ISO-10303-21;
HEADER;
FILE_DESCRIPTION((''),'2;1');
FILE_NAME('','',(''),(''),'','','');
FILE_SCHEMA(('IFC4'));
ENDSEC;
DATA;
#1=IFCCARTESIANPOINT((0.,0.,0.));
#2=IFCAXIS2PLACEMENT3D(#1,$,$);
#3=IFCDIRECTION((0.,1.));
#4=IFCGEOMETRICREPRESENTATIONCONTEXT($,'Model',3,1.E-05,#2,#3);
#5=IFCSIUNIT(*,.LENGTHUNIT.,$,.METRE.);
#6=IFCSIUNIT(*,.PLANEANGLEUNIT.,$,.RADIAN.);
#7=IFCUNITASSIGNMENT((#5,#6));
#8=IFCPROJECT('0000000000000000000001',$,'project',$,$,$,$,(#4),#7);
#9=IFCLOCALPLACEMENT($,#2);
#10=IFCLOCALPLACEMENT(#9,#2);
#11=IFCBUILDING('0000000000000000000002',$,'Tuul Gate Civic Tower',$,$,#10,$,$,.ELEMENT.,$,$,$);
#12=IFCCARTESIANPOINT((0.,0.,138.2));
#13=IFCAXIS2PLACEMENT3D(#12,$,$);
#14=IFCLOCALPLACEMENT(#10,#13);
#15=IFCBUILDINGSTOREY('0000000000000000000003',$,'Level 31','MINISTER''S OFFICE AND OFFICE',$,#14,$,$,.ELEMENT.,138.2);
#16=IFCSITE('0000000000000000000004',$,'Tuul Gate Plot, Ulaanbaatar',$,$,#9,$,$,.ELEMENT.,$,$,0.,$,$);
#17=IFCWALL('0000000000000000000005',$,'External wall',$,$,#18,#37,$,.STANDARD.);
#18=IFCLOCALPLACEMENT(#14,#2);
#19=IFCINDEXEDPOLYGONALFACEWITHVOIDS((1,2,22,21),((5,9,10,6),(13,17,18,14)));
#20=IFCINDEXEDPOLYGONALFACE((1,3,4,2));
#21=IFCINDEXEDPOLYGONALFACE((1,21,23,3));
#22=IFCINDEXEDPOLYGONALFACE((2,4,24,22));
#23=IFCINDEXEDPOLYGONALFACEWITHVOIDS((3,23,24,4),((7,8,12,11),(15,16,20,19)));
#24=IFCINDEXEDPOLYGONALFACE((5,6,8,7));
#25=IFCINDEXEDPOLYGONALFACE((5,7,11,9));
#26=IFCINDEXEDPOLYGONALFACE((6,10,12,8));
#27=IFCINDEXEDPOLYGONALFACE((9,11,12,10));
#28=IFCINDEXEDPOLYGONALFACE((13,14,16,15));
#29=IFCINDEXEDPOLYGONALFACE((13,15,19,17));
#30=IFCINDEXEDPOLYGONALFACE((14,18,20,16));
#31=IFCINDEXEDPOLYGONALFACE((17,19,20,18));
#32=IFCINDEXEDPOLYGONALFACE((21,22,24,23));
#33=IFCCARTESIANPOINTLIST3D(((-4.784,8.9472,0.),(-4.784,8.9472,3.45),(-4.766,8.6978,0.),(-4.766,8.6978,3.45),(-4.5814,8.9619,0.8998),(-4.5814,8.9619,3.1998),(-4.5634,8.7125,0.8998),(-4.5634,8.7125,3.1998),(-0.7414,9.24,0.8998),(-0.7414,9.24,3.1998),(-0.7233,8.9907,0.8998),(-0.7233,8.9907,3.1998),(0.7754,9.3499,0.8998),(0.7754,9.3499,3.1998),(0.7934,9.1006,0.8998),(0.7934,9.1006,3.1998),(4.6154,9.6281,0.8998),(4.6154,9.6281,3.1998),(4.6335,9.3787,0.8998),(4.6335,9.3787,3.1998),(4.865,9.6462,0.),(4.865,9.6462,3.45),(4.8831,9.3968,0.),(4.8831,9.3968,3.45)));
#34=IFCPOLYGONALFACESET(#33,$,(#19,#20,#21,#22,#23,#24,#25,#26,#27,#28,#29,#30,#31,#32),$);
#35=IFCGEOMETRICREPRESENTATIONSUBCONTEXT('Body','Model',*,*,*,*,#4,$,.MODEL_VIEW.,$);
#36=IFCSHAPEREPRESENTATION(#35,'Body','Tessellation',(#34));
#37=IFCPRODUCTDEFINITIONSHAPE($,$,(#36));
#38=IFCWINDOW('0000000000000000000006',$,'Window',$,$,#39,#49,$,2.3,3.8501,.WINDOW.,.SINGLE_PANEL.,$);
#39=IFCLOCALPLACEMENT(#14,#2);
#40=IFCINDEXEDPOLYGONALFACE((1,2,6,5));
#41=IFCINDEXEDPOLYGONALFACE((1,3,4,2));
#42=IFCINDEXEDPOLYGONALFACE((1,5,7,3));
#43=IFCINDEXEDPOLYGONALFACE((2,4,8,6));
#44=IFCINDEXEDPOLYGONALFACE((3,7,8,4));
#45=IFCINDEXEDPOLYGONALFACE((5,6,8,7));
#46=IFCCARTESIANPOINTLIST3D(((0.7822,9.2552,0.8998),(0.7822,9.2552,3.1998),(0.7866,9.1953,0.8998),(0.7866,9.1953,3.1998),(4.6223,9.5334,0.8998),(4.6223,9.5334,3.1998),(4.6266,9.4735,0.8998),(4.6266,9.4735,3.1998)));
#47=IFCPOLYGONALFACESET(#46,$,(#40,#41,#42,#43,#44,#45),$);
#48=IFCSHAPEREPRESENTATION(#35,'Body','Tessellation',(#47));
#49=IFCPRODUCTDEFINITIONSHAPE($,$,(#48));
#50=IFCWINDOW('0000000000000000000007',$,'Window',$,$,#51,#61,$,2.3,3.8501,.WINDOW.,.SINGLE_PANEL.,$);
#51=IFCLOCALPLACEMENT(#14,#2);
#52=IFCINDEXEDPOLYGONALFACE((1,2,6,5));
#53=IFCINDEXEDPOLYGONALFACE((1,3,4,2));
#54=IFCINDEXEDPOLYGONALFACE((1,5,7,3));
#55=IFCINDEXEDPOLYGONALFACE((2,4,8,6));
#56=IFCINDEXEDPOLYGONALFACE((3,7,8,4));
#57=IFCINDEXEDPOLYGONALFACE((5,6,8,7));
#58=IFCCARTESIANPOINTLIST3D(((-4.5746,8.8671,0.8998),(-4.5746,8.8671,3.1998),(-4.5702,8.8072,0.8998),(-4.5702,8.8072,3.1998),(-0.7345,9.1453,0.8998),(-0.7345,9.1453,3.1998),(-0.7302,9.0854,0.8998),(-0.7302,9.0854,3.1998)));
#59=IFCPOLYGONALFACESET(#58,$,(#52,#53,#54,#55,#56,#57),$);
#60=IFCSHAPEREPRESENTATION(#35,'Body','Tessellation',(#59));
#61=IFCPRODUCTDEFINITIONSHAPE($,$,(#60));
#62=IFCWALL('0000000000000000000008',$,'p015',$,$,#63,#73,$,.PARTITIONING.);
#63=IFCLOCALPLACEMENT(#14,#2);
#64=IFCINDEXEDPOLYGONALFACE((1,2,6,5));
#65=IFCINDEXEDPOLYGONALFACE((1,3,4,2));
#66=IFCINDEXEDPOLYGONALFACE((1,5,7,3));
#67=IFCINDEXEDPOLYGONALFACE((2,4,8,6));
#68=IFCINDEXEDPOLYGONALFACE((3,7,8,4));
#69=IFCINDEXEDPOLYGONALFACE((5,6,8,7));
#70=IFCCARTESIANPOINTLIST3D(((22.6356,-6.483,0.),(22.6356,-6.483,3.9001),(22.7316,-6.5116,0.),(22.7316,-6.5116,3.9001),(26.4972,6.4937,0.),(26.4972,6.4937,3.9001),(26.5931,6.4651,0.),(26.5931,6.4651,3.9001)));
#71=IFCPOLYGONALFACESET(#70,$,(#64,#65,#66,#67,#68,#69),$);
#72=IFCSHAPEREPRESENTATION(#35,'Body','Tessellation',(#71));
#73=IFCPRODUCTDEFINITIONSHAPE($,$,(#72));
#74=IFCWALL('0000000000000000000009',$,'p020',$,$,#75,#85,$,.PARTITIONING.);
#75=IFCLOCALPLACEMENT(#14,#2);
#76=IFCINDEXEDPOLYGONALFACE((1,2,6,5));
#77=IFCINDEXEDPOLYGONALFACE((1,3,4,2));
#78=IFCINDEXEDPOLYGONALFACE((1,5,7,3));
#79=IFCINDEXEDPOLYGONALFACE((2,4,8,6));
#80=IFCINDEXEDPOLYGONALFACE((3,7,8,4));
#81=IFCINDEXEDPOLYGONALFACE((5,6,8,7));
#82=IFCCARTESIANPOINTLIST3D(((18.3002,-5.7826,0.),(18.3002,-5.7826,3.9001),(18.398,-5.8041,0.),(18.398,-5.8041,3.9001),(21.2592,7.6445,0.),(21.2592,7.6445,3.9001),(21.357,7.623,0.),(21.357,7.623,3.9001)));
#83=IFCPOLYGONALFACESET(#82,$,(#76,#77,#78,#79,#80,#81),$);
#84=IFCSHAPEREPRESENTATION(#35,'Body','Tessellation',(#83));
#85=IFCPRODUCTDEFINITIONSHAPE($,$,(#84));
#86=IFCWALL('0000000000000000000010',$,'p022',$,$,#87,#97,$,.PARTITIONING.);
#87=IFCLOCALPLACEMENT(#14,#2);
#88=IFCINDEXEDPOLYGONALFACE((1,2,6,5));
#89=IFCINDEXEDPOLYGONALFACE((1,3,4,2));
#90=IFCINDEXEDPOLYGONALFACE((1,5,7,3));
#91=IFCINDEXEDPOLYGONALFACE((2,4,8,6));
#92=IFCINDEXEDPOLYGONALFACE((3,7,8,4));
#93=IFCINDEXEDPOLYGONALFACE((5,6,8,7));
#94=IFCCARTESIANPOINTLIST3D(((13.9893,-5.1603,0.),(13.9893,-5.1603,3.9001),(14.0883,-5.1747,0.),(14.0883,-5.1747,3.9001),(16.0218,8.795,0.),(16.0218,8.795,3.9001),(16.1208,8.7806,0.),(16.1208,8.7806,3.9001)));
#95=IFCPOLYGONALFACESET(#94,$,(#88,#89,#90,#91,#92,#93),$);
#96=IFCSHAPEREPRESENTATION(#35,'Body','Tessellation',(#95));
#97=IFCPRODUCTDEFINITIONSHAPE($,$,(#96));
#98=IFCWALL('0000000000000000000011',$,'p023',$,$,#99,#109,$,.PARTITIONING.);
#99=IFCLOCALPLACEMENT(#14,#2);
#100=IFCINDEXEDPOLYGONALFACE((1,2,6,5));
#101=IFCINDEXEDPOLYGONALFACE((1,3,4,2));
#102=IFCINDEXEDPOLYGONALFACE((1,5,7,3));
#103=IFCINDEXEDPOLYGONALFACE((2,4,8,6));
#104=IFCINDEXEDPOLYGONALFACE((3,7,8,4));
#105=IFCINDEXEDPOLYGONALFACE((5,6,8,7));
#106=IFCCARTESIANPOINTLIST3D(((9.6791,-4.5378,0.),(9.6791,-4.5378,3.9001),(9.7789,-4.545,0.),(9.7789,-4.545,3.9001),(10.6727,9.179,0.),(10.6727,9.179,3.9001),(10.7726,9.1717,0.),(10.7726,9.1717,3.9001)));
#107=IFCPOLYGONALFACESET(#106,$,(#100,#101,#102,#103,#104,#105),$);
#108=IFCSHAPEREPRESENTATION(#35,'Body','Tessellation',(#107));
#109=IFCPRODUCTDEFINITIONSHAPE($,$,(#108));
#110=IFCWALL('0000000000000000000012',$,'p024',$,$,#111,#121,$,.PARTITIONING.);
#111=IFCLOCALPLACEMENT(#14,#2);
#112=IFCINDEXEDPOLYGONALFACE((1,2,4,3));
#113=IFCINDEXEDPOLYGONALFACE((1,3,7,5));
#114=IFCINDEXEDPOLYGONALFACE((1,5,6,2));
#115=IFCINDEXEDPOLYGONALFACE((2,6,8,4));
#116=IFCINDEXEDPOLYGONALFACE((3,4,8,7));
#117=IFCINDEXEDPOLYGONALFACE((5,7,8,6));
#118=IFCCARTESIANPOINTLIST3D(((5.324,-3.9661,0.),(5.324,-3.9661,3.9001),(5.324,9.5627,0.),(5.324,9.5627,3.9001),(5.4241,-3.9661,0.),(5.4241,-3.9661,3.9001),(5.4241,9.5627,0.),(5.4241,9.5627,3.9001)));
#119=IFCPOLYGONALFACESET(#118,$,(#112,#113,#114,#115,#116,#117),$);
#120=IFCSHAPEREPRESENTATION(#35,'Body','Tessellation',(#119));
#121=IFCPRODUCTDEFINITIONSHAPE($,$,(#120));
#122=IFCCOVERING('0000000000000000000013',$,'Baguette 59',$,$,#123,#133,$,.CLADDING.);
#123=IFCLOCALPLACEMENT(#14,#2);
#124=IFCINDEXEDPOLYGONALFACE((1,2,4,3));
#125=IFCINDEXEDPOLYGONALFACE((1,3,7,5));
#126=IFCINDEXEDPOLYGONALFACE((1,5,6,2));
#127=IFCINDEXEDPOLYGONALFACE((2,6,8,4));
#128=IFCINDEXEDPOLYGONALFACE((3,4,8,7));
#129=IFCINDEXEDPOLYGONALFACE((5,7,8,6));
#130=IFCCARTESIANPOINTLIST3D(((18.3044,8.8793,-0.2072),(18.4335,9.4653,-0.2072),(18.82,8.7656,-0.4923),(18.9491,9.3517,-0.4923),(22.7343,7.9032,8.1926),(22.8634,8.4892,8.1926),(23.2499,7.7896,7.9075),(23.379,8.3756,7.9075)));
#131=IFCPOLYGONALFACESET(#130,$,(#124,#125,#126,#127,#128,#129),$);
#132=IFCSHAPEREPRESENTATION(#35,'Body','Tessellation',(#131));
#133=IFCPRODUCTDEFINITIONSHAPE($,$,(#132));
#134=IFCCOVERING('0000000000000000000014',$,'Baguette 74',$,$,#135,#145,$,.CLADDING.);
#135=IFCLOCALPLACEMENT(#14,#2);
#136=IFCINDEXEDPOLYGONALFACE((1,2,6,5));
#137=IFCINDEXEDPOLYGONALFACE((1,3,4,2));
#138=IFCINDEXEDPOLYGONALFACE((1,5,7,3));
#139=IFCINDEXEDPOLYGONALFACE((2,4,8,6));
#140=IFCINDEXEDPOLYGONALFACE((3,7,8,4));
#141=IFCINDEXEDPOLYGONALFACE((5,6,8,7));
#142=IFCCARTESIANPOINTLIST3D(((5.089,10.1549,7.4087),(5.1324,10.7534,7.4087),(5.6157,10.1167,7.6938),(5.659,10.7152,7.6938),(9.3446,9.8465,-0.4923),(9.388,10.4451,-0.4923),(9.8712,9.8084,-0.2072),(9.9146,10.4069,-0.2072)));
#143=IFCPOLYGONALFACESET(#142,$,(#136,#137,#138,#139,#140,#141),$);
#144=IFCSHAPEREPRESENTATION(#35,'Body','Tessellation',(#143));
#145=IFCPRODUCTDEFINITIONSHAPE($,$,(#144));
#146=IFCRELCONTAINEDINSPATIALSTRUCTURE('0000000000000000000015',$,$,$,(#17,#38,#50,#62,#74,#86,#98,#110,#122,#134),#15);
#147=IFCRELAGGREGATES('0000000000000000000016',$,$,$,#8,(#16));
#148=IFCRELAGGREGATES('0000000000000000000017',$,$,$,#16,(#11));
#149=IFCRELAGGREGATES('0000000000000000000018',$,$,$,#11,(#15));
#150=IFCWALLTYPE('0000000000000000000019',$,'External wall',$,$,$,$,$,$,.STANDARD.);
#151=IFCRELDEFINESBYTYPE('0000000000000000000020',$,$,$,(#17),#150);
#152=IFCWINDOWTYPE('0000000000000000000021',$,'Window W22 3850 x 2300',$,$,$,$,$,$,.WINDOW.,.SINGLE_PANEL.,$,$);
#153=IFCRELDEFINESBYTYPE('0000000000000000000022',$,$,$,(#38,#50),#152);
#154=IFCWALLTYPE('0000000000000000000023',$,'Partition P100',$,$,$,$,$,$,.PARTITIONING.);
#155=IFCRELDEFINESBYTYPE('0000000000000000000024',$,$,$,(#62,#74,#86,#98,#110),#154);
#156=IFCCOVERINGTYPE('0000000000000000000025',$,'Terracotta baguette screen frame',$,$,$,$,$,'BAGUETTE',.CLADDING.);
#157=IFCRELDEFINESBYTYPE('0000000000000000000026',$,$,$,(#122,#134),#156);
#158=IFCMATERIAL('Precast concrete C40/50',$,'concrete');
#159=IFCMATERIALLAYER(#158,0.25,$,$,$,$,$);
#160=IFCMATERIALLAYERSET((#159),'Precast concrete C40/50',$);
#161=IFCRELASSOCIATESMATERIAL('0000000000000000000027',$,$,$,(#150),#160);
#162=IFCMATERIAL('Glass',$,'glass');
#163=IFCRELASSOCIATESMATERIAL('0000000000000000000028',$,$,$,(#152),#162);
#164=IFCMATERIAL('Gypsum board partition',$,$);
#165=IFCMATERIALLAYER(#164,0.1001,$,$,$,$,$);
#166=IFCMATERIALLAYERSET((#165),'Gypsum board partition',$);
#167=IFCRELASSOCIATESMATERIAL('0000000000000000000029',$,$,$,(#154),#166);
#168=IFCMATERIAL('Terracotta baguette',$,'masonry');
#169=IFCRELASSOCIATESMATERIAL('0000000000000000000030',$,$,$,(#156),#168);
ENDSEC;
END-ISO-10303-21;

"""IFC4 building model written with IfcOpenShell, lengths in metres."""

from ifc_helpers import new_model, si_unit, direction, frame, frame_2d, origin, origin_2d, place, context, subcontext, project, spatial, rectangle, extrude, material, layer, layer_set, material_profile, profile_set, type_object, element, fill, save


model = new_model("IFC4")

# Units and contexts
model_context = context("Model", 3, precision=1e-05, world=origin(), true_north=direction((0.0, 1.0)))
body_context = subcontext(model_context, "Body", "Model", "MODEL_VIEW")
ifc_project = project(units=[si_unit("LENGTHUNIT", "METRE"), si_unit("PLANEANGLEUNIT", "RADIAN")], contexts=[model_context])

# Site, building, storey
site_placement = place(None, origin())
site = spatial("IfcSite", under=ifc_project, at=site_placement, Name="Tuul Gate Plot, Ulaanbaatar", CompositionType="ELEMENT", RefElevation=0.0)
building_placement = place(site_placement, origin())
building = spatial("IfcBuilding", under=site, at=building_placement, Name="Tuul Gate Civic Tower", CompositionType="ELEMENT")
storey_placement = place(building_placement, frame((0.0, 0.0, 138.2)))
storey = spatial("IfcBuildingStorey", under=building, at=storey_placement, Name="Level 31", Description="MINISTER'S OFFICE AND OFFICE", CompositionType="ELEMENT", Elevation=138.2)

# Wall, openings, windows
ifc_material_1 = material(Name="Precast concrete C40/50", Category="concrete")
ifc_layer_1 = layer(ifc_material_1, 0.25)
ifc_layer_set_1 = layer_set([ifc_layer_1], Name="Precast concrete C40/50")
wall_type_1 = type_object("IfcWallType", Name="External wall", PredefinedType="STANDARD", material=ifc_layer_set_1)
ifc_material_2 = material(Name="Glass", Category="glass")
window_type = type_object("IfcWindowType", Name="Window W22 3850 x 2300", PartitioningType="SINGLE_PANEL", PredefinedType="WINDOW", material=ifc_material_2)
wall_1_placement = place(storey_placement, frame((4.874, 9.5215, 0.0), z_axis=(0.0, 0.0, 1.0), x_axis=(-0.997386, -0.072251, 0.0)))
wall_1 = element("IfcWall", 1, at=wall_1_placement, inside=storey, type_object=wall_type_1, Name="External wall", PredefinedType="STANDARD", context=body_context, shape_type="SweptSolid", body=[
    extrude(rectangle(XDim=9.6743, YDim=0.25, at=frame_2d((4.8372, 0.0))), origin(), (0.0, 0.0, 1.0), 3.45),
])
opening_1_placement = place(wall_1_placement, frame((0.2502, 0.0, 0.8999)))
opening_1 = element("IfcOpeningElement", 2, at=opening_1_placement, cuts=wall_1, PredefinedType="OPENING", context=body_context, shape_type="SweptSolid", body=[
    extrude(rectangle(XDim=3.8501, YDim=2.3, at=frame_2d((1.925, 1.1499))), frame((0.0, 0.135, 0.0), z_axis=(0.0, -1.0, 0.0), x_axis=(1.0, 0.0, 0.0)), (0.0, 0.0, 1.0), 0.27),
])
opening_2_placement = place(wall_1_placement, frame((5.6211, 0.0, 0.8999)))
opening_2 = element("IfcOpeningElement", 3, at=opening_2_placement, cuts=wall_1, PredefinedType="OPENING", context=body_context, shape_type="SweptSolid", body=[
    extrude(rectangle(XDim=3.8501, YDim=2.3, at=frame_2d((1.925, 1.1499))), frame((0.0, 0.135, 0.0), z_axis=(0.0, -1.0, 0.0), x_axis=(1.0, 0.0, 0.0)), (0.0, 0.0, 1.0), 0.27),
])
window_1_placement = place(opening_1_placement, origin())
window_1 = element("IfcWindow", 4, at=window_1_placement, inside=storey, type_object=window_type, Name="Window", OverallHeight=2.3, OverallWidth=3.8501, PartitioningType="SINGLE_PANEL", PredefinedType="WINDOW", context=body_context, shape_type="SweptSolid", body=[
    extrude(rectangle(XDim=3.8501, YDim=2.3, at=frame_2d((1.925, 1.1499))), frame((0.0, 0.03, 0.0), z_axis=(0.0, -1.0, 0.0), x_axis=(1.0, 0.0, 0.0)), (0.0, 0.0, 1.0), 0.0601),
])
fill(opening_1, window_1)
window_2_placement = place(opening_2_placement, origin())
window_2 = element("IfcWindow", 5, at=window_2_placement, inside=storey, type_object=window_type, Name="Window", OverallHeight=2.3, OverallWidth=3.8501, PartitioningType="SINGLE_PANEL", PredefinedType="WINDOW", context=body_context, shape_type="SweptSolid", body=[
    extrude(rectangle(XDim=3.8501, YDim=2.3, at=frame_2d((1.925, 1.1499))), frame((0.0, 0.03, 0.0), z_axis=(0.0, -1.0, 0.0), x_axis=(1.0, 0.0, 0.0)), (0.0, 0.0, 1.0), 0.0601),
])
fill(opening_2, window_2)

# Walls
ifc_material_3 = material(Name="Gypsum board partition")
ifc_layer_2 = layer(ifc_material_3, 0.1001)
ifc_layer_set_2 = layer_set([ifc_layer_2], Name="Gypsum board partition")
wall_type_2 = type_object("IfcWallType", Name="Partition P100", PredefinedType="PARTITIONING", material=ifc_layer_set_2)
wall_2_placement = place(storey_placement, frame((22.6836, -6.4973, 0.0), z_axis=(0.0, 0.0, 1.0), x_axis=(0.285215, 0.958464, 0.0)))
element("IfcWall", 6, at=wall_2_placement, inside=storey, type_object=wall_type_2, Name="p015", PredefinedType="PARTITIONING", context=body_context, shape_type="SweptSolid", body=[
    extrude(rectangle(XDim=13.5391, YDim=0.1001, at=frame_2d((6.7695, 0.0))), origin(), (0.0, 0.0, 1.0), 3.9001),
])
wall_3_placement = place(storey_placement, frame((18.3491, -5.7932, 0.0), z_axis=(0.0, 0.0, 1.0), x_axis=(0.215212, 0.976567, 0.0)))
element("IfcWall", 7, at=wall_3_placement, inside=storey, type_object=wall_type_2, Name="p020", PredefinedType="PARTITIONING", context=body_context, shape_type="SweptSolid", body=[
    extrude(rectangle(XDim=13.7493, YDim=0.1001, at=frame_2d((6.8745, 0.0))), origin(), (0.0, 0.0, 1.0), 3.9001),
])
wall_4_placement = place(storey_placement, frame((14.0388, -5.1675, 0.0), z_axis=(0.0, 0.0, 1.0), x_axis=(0.144121, 0.98956, 0.0)))
element("IfcWall", 8, at=wall_4_placement, inside=storey, type_object=wall_type_2, Name="p022", PredefinedType="PARTITIONING", context=body_context, shape_type="SweptSolid", body=[
    extrude(rectangle(XDim=14.1025, YDim=0.1001, at=frame_2d((7.0513, 0.0))), origin(), (0.0, 0.0, 1.0), 3.9001),
])
wall_5_placement = place(storey_placement, frame((9.729, -4.5415, 0.0), z_axis=(0.0, 0.0, 1.0), x_axis=(0.072251, 0.997386, 0.0)))
element("IfcWall", 9, at=wall_5_placement, inside=storey, type_object=wall_type_2, Name="p023", PredefinedType="PARTITIONING", context=body_context, shape_type="SweptSolid", body=[
    extrude(rectangle(XDim=13.7527, YDim=0.1001, at=frame_2d((6.8765, 0.0))), origin(), (0.0, 0.0, 1.0), 3.9001),
])
wall_6_placement = place(storey_placement, frame((5.374, -3.9661, 0.0), z_axis=(0.0, 0.0, 1.0), x_axis=(0.0, 1.0, 0.0)))
element("IfcWall", 10, at=wall_6_placement, inside=storey, type_object=wall_type_2, Name="p024", PredefinedType="PARTITIONING", context=body_context, shape_type="SweptSolid", body=[
    extrude(rectangle(XDim=13.5288, YDim=0.1001, at=frame_2d((6.7644, 0.0))), origin(), (0.0, 0.0, 1.0), 3.9001),
])

# Coverings
ifc_material_4 = material(Name="Terracotta baguette", Category="masonry")
ifc_material_profile_1 = material_profile(ifc_material_4, rectangle(XDim=0.6001, YDim=0.6001, at=origin_2d()), Name="Terracotta baguette screen frame")
ifc_profile_set_1 = profile_set([ifc_material_profile_1], Name="Terracotta baguette")
covering_type = type_object("IfcCoveringType", Name="Terracotta baguette screen frame", ElementType="BAGUETTE", PredefinedType="CLADDING", material=ifc_profile_set_1)
covering_1_placement = place(storey_placement, frame((23.0566, 8.1394, 8.05), z_axis=(-0.464038, 0.102244, -0.879895), x_axis=(-0.215175, -0.976576, 0.0)))
element("IfcCovering", 11, at=covering_1_placement, inside=storey, type_object=covering_type, Name="Baguette 59", PredefinedType="CLADDING", context=body_context, shape_type="SweptSolid", body=[
    extrude(rectangle(XDim=0.6001, YDim=0.6001, at=origin_2d()), origin(), (0.0, 0.0, 1.0), 9.5464),
])
covering_2_placement = place(storey_placement, frame((5.374, 10.4351, 7.5513), z_axis=(0.473921, -0.034339, -0.879898), x_axis=(0.072268, 0.997385, 0.0)))
element("IfcCovering", 12, at=covering_2_placement, inside=storey, type_object=covering_type, Name="Baguette 74", PredefinedType="CLADDING", context=body_context, shape_type="SweptSolid", body=[
    extrude(rectangle(XDim=0.6001, YDim=0.6001, at=origin_2d()), origin(), (0.0, 0.0, 1.0), 8.9795),
])

save(model, "model.ifc")
